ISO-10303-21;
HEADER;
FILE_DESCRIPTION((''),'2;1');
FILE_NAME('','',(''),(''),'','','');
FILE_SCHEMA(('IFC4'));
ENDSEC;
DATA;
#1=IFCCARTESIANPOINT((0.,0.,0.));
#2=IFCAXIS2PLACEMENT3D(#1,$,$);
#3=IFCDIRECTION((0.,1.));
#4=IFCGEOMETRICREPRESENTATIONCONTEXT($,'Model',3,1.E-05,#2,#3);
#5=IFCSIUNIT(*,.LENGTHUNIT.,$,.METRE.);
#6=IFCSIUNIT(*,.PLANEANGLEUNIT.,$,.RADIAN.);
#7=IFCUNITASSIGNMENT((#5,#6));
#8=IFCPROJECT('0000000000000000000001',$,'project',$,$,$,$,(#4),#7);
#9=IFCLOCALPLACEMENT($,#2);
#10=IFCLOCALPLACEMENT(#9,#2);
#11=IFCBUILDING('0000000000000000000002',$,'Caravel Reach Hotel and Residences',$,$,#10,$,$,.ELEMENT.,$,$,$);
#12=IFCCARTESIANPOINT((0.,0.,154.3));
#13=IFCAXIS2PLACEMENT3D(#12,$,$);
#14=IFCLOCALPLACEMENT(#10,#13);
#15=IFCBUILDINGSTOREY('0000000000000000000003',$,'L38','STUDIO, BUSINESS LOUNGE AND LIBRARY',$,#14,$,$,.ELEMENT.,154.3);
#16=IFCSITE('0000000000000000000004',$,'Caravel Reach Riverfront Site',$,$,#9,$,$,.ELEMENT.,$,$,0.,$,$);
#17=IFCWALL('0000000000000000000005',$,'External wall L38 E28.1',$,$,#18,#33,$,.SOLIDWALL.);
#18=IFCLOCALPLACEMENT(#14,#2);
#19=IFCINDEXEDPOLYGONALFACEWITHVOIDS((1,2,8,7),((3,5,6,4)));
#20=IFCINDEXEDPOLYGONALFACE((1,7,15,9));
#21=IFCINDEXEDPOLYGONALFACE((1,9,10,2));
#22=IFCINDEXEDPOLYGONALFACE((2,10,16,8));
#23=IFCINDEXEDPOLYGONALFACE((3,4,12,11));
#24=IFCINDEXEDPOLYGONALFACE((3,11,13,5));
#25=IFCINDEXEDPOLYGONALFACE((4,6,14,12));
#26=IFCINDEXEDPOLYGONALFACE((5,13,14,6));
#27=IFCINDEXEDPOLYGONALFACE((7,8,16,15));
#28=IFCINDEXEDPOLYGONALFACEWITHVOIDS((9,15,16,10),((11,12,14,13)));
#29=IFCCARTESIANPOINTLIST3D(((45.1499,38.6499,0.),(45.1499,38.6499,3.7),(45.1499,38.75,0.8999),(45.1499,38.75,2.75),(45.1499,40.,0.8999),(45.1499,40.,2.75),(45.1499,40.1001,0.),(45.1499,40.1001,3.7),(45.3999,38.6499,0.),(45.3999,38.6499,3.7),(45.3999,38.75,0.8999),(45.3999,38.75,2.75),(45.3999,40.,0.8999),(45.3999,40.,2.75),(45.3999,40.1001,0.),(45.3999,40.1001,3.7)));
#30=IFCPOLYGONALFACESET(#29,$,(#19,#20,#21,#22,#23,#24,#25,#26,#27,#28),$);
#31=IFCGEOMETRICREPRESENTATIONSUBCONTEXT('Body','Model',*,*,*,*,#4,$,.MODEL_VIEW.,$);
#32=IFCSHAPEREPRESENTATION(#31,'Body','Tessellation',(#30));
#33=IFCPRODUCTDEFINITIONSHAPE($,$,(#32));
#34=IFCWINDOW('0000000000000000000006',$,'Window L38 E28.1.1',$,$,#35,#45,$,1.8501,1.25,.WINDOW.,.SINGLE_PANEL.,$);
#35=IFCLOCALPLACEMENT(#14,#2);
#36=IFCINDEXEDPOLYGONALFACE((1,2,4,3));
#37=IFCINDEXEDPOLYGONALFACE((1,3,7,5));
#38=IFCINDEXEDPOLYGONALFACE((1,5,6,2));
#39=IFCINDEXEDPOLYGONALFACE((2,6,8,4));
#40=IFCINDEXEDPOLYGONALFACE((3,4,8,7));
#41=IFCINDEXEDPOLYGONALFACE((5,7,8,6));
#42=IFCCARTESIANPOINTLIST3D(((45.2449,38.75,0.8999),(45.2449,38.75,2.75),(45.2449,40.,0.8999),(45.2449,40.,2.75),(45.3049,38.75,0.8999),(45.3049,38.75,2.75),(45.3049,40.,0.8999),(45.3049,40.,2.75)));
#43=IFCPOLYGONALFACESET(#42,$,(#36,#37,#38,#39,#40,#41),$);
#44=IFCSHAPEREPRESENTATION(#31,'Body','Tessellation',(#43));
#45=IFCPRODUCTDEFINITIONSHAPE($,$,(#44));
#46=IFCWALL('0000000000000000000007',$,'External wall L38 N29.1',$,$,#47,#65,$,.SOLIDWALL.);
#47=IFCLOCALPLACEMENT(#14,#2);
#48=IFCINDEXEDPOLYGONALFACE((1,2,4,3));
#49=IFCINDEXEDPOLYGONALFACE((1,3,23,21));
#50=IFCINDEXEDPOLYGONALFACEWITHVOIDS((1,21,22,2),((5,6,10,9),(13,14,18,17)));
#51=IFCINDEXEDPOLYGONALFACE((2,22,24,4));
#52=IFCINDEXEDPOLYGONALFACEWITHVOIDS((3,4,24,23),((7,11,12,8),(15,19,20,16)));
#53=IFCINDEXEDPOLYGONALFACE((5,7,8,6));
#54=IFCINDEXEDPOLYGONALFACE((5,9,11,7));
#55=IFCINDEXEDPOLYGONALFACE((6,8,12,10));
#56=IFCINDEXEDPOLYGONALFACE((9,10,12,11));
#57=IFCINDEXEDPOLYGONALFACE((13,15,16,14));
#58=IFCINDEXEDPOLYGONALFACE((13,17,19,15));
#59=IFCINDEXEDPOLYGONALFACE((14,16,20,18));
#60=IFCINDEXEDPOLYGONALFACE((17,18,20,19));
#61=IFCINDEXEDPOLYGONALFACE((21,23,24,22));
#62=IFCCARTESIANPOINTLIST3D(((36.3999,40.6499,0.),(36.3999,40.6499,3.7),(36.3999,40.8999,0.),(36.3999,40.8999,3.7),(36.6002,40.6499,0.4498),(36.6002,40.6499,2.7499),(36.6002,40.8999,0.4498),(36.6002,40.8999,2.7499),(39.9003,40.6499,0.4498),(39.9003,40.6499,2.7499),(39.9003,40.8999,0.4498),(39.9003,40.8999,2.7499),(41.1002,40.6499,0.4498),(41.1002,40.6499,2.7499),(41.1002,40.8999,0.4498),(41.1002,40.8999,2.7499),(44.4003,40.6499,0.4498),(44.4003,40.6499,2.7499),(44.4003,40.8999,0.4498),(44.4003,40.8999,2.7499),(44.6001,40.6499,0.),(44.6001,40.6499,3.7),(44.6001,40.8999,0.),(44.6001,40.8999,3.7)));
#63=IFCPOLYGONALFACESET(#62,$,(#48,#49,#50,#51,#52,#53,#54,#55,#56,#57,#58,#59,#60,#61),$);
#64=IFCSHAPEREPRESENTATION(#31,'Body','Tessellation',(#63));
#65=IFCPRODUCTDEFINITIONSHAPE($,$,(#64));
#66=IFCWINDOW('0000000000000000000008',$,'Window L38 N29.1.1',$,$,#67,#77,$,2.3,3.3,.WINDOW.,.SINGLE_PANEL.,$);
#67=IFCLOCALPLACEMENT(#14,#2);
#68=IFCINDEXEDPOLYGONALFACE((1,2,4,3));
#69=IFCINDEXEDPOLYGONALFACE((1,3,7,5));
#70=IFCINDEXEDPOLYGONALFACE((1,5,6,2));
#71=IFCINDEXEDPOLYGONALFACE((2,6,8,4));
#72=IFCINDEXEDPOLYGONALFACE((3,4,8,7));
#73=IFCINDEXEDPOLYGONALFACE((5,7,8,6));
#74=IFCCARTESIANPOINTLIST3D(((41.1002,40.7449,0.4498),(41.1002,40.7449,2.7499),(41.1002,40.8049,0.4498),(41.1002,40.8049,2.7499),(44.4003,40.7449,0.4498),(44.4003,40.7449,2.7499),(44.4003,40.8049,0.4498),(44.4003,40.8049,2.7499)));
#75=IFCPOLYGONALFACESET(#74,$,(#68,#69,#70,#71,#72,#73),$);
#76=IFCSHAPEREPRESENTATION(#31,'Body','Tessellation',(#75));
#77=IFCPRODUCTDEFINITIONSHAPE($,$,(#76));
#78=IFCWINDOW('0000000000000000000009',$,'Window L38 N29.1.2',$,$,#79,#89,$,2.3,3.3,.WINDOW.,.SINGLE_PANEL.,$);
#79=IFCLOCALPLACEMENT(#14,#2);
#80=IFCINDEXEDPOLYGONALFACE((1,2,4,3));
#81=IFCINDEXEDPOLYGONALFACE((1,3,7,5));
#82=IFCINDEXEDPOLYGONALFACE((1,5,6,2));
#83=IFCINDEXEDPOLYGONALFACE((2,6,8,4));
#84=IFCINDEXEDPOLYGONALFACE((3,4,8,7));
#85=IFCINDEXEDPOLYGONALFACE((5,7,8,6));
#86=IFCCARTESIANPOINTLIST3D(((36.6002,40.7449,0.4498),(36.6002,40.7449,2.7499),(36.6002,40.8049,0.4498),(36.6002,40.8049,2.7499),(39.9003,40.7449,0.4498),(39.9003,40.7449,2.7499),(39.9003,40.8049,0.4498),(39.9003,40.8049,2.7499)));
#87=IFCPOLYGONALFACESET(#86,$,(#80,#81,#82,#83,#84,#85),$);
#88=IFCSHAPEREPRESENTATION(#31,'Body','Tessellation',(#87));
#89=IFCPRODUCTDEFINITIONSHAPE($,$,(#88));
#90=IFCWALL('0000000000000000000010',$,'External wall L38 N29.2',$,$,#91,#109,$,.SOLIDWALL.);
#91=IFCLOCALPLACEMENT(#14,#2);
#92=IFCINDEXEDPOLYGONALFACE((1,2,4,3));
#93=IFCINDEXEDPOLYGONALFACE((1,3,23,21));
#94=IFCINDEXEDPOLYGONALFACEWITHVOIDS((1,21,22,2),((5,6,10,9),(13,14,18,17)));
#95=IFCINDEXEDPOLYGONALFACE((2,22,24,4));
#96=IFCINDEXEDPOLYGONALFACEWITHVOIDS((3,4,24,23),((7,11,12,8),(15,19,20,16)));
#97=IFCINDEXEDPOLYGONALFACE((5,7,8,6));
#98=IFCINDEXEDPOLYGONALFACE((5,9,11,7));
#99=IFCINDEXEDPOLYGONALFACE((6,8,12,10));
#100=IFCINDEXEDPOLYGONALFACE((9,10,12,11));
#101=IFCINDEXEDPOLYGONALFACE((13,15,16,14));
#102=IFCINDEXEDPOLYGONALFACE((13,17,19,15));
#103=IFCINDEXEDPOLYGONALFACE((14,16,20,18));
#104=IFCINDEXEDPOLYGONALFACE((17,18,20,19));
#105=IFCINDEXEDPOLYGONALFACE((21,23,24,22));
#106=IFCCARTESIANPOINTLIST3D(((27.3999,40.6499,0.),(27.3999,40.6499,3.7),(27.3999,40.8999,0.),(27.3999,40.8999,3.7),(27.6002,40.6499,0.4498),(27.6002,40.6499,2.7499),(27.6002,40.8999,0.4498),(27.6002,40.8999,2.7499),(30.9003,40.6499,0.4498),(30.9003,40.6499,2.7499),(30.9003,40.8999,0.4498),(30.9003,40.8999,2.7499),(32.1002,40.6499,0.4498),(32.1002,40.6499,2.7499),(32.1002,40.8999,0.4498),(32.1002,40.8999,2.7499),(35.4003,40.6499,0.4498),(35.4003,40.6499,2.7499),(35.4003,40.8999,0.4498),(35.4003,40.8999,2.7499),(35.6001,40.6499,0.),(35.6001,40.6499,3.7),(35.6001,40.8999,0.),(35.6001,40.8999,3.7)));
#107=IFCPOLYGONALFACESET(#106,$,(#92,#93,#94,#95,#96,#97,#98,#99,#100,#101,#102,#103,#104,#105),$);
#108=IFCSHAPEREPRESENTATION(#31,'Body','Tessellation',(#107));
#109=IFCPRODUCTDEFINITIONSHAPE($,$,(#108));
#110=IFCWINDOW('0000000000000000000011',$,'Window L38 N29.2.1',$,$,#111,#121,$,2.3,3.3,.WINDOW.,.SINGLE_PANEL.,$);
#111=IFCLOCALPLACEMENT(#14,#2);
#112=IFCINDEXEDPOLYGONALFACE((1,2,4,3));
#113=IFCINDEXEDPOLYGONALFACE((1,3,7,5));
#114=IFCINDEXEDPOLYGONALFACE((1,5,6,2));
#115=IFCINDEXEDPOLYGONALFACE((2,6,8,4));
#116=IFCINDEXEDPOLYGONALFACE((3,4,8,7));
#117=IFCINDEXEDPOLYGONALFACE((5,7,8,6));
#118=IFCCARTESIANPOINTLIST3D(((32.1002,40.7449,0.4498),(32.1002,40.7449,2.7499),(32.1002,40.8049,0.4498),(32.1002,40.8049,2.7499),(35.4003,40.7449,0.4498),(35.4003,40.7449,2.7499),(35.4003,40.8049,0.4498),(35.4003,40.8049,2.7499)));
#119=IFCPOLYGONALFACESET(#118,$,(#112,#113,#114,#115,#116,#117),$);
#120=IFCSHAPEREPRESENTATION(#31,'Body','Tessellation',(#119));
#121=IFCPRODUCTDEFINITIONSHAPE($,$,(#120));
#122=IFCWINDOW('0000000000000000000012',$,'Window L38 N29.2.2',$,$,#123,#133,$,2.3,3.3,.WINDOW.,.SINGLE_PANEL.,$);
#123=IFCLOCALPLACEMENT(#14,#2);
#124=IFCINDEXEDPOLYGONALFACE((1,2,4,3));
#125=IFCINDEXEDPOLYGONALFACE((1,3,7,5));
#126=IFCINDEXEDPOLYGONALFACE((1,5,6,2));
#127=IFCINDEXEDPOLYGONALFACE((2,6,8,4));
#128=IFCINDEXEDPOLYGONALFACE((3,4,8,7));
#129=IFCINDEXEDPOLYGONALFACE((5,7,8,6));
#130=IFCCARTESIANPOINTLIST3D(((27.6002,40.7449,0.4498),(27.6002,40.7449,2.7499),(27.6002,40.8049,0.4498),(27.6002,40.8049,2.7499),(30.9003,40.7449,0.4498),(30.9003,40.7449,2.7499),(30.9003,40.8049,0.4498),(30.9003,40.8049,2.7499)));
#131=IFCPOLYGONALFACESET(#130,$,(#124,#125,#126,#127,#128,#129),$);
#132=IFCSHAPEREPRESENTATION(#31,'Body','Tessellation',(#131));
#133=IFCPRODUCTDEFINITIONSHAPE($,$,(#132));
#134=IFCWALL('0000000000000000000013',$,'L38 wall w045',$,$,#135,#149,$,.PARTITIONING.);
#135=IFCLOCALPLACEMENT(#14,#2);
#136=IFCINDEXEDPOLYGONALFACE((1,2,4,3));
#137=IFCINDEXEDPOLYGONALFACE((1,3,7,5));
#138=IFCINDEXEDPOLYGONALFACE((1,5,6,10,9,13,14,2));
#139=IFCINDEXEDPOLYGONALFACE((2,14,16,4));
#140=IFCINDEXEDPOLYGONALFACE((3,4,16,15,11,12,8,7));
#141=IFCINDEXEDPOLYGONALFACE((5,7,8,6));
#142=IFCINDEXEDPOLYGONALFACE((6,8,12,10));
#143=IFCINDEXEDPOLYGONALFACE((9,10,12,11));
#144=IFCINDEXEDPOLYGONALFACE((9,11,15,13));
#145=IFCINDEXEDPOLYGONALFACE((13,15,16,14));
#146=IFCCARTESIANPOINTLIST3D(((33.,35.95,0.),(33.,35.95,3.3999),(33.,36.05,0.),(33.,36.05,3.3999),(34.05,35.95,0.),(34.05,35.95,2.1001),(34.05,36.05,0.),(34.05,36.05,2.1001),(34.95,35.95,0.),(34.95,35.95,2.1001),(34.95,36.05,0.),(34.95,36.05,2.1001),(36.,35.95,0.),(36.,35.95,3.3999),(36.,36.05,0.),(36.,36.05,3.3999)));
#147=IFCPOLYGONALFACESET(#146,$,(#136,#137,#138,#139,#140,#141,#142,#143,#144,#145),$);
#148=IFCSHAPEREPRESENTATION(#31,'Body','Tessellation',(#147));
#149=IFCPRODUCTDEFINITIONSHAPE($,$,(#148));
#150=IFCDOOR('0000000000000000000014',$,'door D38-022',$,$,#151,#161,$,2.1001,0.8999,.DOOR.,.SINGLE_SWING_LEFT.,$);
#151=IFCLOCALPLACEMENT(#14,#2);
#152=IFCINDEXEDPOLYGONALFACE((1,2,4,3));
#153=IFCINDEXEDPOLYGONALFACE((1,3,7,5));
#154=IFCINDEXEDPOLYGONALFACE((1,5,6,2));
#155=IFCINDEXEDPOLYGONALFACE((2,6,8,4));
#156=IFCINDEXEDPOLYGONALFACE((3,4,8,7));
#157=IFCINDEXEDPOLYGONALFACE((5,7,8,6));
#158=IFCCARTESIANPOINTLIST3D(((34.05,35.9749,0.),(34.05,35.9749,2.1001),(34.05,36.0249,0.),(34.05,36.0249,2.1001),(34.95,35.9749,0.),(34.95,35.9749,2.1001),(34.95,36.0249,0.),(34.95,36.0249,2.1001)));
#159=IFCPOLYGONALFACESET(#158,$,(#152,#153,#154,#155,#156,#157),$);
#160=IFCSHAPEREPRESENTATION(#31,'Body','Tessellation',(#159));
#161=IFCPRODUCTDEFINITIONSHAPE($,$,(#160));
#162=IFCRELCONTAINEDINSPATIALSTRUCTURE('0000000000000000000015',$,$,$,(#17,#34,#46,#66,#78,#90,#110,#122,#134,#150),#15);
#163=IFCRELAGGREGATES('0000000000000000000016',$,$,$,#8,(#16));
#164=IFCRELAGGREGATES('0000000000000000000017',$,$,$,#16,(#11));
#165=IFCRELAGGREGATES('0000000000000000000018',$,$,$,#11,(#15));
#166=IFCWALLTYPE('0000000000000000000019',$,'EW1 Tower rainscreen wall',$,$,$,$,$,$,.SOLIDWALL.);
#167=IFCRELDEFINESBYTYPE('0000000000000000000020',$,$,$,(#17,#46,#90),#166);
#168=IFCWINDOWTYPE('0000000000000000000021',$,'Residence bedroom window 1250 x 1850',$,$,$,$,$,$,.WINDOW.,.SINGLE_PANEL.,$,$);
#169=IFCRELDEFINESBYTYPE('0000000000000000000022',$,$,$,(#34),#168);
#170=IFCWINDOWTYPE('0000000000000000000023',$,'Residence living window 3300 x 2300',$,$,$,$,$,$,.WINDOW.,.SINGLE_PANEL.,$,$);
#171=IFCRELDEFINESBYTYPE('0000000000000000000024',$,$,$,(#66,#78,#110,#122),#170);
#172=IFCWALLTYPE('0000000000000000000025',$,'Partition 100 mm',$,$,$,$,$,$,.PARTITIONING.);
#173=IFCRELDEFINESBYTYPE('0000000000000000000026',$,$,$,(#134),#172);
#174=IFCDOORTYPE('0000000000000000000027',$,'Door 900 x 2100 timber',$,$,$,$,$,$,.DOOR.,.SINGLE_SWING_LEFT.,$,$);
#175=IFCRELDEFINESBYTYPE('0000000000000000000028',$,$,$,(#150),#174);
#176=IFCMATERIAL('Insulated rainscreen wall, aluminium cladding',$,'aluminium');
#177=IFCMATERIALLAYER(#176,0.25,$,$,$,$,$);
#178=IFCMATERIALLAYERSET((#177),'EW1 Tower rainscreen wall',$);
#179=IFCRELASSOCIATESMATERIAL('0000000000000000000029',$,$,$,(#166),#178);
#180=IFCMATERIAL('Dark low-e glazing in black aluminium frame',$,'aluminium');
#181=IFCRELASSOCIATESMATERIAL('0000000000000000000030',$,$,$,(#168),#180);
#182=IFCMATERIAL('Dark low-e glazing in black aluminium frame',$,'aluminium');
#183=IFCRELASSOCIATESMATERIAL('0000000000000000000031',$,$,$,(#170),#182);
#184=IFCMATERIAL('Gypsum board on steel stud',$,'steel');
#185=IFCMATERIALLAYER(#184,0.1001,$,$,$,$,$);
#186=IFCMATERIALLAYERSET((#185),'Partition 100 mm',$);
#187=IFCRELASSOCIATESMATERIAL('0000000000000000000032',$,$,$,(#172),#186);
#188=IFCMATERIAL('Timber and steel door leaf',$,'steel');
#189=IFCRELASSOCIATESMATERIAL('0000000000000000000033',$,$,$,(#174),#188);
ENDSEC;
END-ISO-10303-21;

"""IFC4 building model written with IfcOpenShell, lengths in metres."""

from ifc_helpers import new_model, si_unit, direction, frame, frame_2d, origin, place, context, subcontext, project, spatial, rectangle, extrude, material, layer, layer_set, type_object, element, fill, save


model = new_model("IFC4")

# Units and contexts
model_context = context("Model", 3, precision=1e-05, world=origin(), true_north=direction((0.0, 1.0)))
body_context = subcontext(model_context, "Body", "Model", "MODEL_VIEW")
ifc_project = project(units=[si_unit("LENGTHUNIT", "METRE"), si_unit("PLANEANGLEUNIT", "RADIAN")], contexts=[model_context])

# Site, building, storey
site_placement = place(None, origin())
site = spatial("IfcSite", under=ifc_project, at=site_placement, Name="Caravel Reach Riverfront Site", CompositionType="ELEMENT", RefElevation=0.0)
building_placement = place(site_placement, origin())
building = spatial("IfcBuilding", under=site, at=building_placement, Name="Caravel Reach Hotel and Residences", CompositionType="ELEMENT")
storey_placement = place(building_placement, frame((0.0, 0.0, 154.3)))
storey = spatial("IfcBuildingStorey", under=building, at=storey_placement, Name="L38", Description="STUDIO, BUSINESS LOUNGE AND LIBRARY", CompositionType="ELEMENT", Elevation=154.3)

# Wall, opening, window
ifc_material_1 = material(Name="Insulated rainscreen wall, aluminium cladding", Category="aluminium")
ifc_layer_1 = layer(ifc_material_1, 0.25)
ifc_layer_set_1 = layer_set([ifc_layer_1], Name="EW1 Tower rainscreen wall")
wall_type_1 = type_object("IfcWallType", Name="EW1 Tower rainscreen wall", PredefinedType="SOLIDWALL", material=ifc_layer_set_1)
ifc_material_2 = material(Name="Dark low-e glazing in black aluminium frame", Category="aluminium")
window_type_1 = type_object("IfcWindowType", Name="Residence bedroom window 1250 x 1850", PartitioningType="SINGLE_PANEL", PredefinedType="WINDOW", material=ifc_material_2)
wall_1_placement = place(storey_placement, frame((45.2749, 38.6499, 0.0), z_axis=(0.0, 0.0, 1.0), x_axis=(0.0, 1.0, 0.0)))
wall_1 = element("IfcWall", 1, at=wall_1_placement, inside=storey, type_object=wall_type_1, Name="External wall L38 E28.1", PredefinedType="SOLIDWALL", context=body_context, shape_type="SweptSolid", body=[
    extrude(rectangle(XDim=1.4502, YDim=0.25, at=frame_2d((0.7251, 0.0))), origin(), (0.0, 0.0, 1.0), 3.7),
])
opening_1_placement = place(wall_1_placement, frame((0.1001, 0.0, 0.8999)))
opening_1 = element("IfcOpeningElement", 2, at=opening_1_placement, cuts=wall_1, PredefinedType="OPENING", context=body_context, shape_type="SweptSolid", body=[
    extrude(rectangle(XDim=1.25, YDim=1.8501, at=frame_2d((0.625, 0.925))), frame((0.0, 0.135, 0.0), z_axis=(0.0, -1.0, 0.0), x_axis=(1.0, 0.0, 0.0)), (0.0, 0.0, 1.0), 0.27),
])
window_1_placement = place(opening_1_placement, origin())
window_1 = element("IfcWindow", 3, at=window_1_placement, inside=storey, type_object=window_type_1, Name="Window L38 E28.1.1", OverallHeight=1.8501, OverallWidth=1.25, PartitioningType="SINGLE_PANEL", PredefinedType="WINDOW", context=body_context, shape_type="SweptSolid", body=[
    extrude(rectangle(XDim=1.25, YDim=1.8501, at=frame_2d((0.625, 0.925))), frame((0.0, 0.03, 0.0), z_axis=(0.0, -1.0, 0.0), x_axis=(1.0, 0.0, 0.0)), (0.0, 0.0, 1.0), 0.0601),
])
fill(opening_1, window_1)

# Walls, openings, windows
wall_2_placement = place(storey_placement, frame((44.6001, 40.7749, 0.0), z_axis=(0.0, 0.0, 1.0), x_axis=(-1.0, 0.0, 0.0)))
wall_2 = element("IfcWall", 4, at=wall_2_placement, inside=storey, type_object=wall_type_1, Name="External wall L38 N29.1", PredefinedType="SOLIDWALL", context=body_context, shape_type="SweptSolid", body=[
    extrude(rectangle(XDim=8.2002, YDim=0.25, at=frame_2d((4.1001, 0.0))), origin(), (0.0, 0.0, 1.0), 3.7),
])
opening_2_placement = place(wall_2_placement, frame((0.2, 0.0, 0.45)))
opening_2 = element("IfcOpeningElement", 5, at=opening_2_placement, cuts=wall_2, PredefinedType="OPENING", context=body_context, shape_type="SweptSolid", body=[
    extrude(rectangle(XDim=3.3, YDim=2.3, at=frame_2d((1.6499, 1.1499))), frame((0.0, 0.135, 0.0), z_axis=(0.0, -1.0, 0.0), x_axis=(1.0, 0.0, 0.0)), (0.0, 0.0, 1.0), 0.27),
])
opening_3_placement = place(wall_2_placement, frame((4.7, 0.0, 0.45)))
opening_3 = element("IfcOpeningElement", 6, at=opening_3_placement, cuts=wall_2, PredefinedType="OPENING", context=body_context, shape_type="SweptSolid", body=[
    extrude(rectangle(XDim=3.3, YDim=2.3, at=frame_2d((1.6499, 1.1499))), frame((0.0, 0.135, 0.0), z_axis=(0.0, -1.0, 0.0), x_axis=(1.0, 0.0, 0.0)), (0.0, 0.0, 1.0), 0.27),
])
ifc_material_3 = material(Name="Dark low-e glazing in black aluminium frame", Category="aluminium")
window_type_2 = type_object("IfcWindowType", Name="Residence living window 3300 x 2300", PartitioningType="SINGLE_PANEL", PredefinedType="WINDOW", material=ifc_material_3)
window_2_placement = place(opening_2_placement, origin())
window_2 = element("IfcWindow", 7, at=window_2_placement, inside=storey, type_object=window_type_2, Name="Window L38 N29.1.1", OverallHeight=2.3, OverallWidth=3.3, PartitioningType="SINGLE_PANEL", PredefinedType="WINDOW", context=body_context, shape_type="SweptSolid", body=[
    extrude(rectangle(XDim=3.3, YDim=2.3, at=frame_2d((1.6499, 1.1499))), frame((0.0, 0.03, 0.0), z_axis=(0.0, -1.0, 0.0), x_axis=(1.0, 0.0, 0.0)), (0.0, 0.0, 1.0), 0.0601),
])
fill(opening_2, window_2)
window_3_placement = place(opening_3_placement, origin())
window_3 = element("IfcWindow", 8, at=window_3_placement, inside=storey, type_object=window_type_2, Name="Window L38 N29.1.2", OverallHeight=2.3, OverallWidth=3.3, PartitioningType="SINGLE_PANEL", PredefinedType="WINDOW", context=body_context, shape_type="SweptSolid", body=[
    extrude(rectangle(XDim=3.3, YDim=2.3, at=frame_2d((1.6499, 1.1499))), frame((0.0, 0.03, 0.0), z_axis=(0.0, -1.0, 0.0), x_axis=(1.0, 0.0, 0.0)), (0.0, 0.0, 1.0), 0.0601),
])
fill(opening_3, window_3)
wall_3_placement = place(storey_placement, frame((35.6001, 40.7749, 0.0), z_axis=(0.0, 0.0, 1.0), x_axis=(-1.0, 0.0, 0.0)))
wall_3 = element("IfcWall", 9, at=wall_3_placement, inside=storey, type_object=wall_type_1, Name="External wall L38 N29.2", PredefinedType="SOLIDWALL", context=body_context, shape_type="SweptSolid", body=[
    extrude(rectangle(XDim=8.2002, YDim=0.25, at=frame_2d((4.1001, 0.0))), origin(), (0.0, 0.0, 1.0), 3.7),
])
opening_4_placement = place(wall_3_placement, frame((0.2, 0.0, 0.45)))
opening_4 = element("IfcOpeningElement", 10, at=opening_4_placement, cuts=wall_3, PredefinedType="OPENING", context=body_context, shape_type="SweptSolid", body=[
    extrude(rectangle(XDim=3.3, YDim=2.3, at=frame_2d((1.6499, 1.1499))), frame((0.0, 0.135, 0.0), z_axis=(0.0, -1.0, 0.0), x_axis=(1.0, 0.0, 0.0)), (0.0, 0.0, 1.0), 0.27),
])
opening_5_placement = place(wall_3_placement, frame((4.7, 0.0, 0.45)))
opening_5 = element("IfcOpeningElement", 11, at=opening_5_placement, cuts=wall_3, PredefinedType="OPENING", context=body_context, shape_type="SweptSolid", body=[
    extrude(rectangle(XDim=3.3, YDim=2.3, at=frame_2d((1.6499, 1.1499))), frame((0.0, 0.135, 0.0), z_axis=(0.0, -1.0, 0.0), x_axis=(1.0, 0.0, 0.0)), (0.0, 0.0, 1.0), 0.27),
])
window_4_placement = place(opening_4_placement, origin())
window_4 = element("IfcWindow", 12, at=window_4_placement, inside=storey, type_object=window_type_2, Name="Window L38 N29.2.1", OverallHeight=2.3, OverallWidth=3.3, PartitioningType="SINGLE_PANEL", PredefinedType="WINDOW", context=body_context, shape_type="SweptSolid", body=[
    extrude(rectangle(XDim=3.3, YDim=2.3, at=frame_2d((1.6499, 1.1499))), frame((0.0, 0.03, 0.0), z_axis=(0.0, -1.0, 0.0), x_axis=(1.0, 0.0, 0.0)), (0.0, 0.0, 1.0), 0.0601),
])
fill(opening_4, window_4)
window_5_placement = place(opening_5_placement, origin())
window_5 = element("IfcWindow", 13, at=window_5_placement, inside=storey, type_object=window_type_2, Name="Window L38 N29.2.2", OverallHeight=2.3, OverallWidth=3.3, PartitioningType="SINGLE_PANEL", PredefinedType="WINDOW", context=body_context, shape_type="SweptSolid", body=[
    extrude(rectangle(XDim=3.3, YDim=2.3, at=frame_2d((1.6499, 1.1499))), frame((0.0, 0.03, 0.0), z_axis=(0.0, -1.0, 0.0), x_axis=(1.0, 0.0, 0.0)), (0.0, 0.0, 1.0), 0.0601),
])
fill(opening_5, window_5)

# Wall, opening, door
ifc_material_4 = material(Name="Gypsum board on steel stud", Category="steel")
ifc_layer_2 = layer(ifc_material_4, 0.1001)
ifc_layer_set_2 = layer_set([ifc_layer_2], Name="Partition 100 mm")
wall_type_2 = type_object("IfcWallType", Name="Partition 100 mm", PredefinedType="PARTITIONING", material=ifc_layer_set_2)
wall_4_placement = place(storey_placement, frame((33.0, 36.0, 0.0), z_axis=(0.0, 0.0, 1.0), x_axis=(1.0, 0.0, 0.0)))
wall_4 = element("IfcWall", 14, at=wall_4_placement, inside=storey, type_object=wall_type_2, Name="L38 wall w045", PredefinedType="PARTITIONING", context=body_context, shape_type="SweptSolid", body=[
    extrude(rectangle(XDim=3.0, YDim=0.1001, at=frame_2d((1.5, 0.0))), origin(), (0.0, 0.0, 1.0), 3.3999),
])
opening_6_placement = place(wall_4_placement, frame((1.05, 0.0, 0.0)))
opening_6 = element("IfcOpeningElement", 15, at=opening_6_placement, cuts=wall_4, PredefinedType="OPENING", context=body_context, shape_type="SweptSolid", body=[
    extrude(rectangle(XDim=0.8999, YDim=2.1001, at=frame_2d((0.45, 1.05))), frame((0.0, 0.0601, 0.0), z_axis=(0.0, -1.0, 0.0), x_axis=(1.0, 0.0, 0.0)), (0.0, 0.0, 1.0), 0.1201),
])
ifc_material_5 = material(Name="Timber and steel door leaf", Category="steel")
door_type_1 = type_object("IfcDoorType", Name="Door 900 x 2100 timber", OperationType="SINGLE_SWING_LEFT", PredefinedType="DOOR", material=ifc_material_5)
door_1_placement = place(opening_6_placement, origin())
door_1 = element("IfcDoor", 16, at=door_1_placement, inside=storey, type_object=door_type_1, Name="door D38-022", OperationType="SINGLE_SWING_LEFT", OverallHeight=2.1001, OverallWidth=0.8999, PredefinedType="DOOR", context=body_context, shape_type="SweptSolid", body=[
    extrude(rectangle(XDim=0.8999, YDim=2.1001, at=frame_2d((0.45, 1.05))), frame((0.0, 0.0249, 0.0), z_axis=(0.0, -1.0, 0.0), x_axis=(1.0, 0.0, 0.0)), (0.0, 0.0, 1.0), 0.05),
])
fill(opening_6, door_1)

save(model, "model.ifc")
